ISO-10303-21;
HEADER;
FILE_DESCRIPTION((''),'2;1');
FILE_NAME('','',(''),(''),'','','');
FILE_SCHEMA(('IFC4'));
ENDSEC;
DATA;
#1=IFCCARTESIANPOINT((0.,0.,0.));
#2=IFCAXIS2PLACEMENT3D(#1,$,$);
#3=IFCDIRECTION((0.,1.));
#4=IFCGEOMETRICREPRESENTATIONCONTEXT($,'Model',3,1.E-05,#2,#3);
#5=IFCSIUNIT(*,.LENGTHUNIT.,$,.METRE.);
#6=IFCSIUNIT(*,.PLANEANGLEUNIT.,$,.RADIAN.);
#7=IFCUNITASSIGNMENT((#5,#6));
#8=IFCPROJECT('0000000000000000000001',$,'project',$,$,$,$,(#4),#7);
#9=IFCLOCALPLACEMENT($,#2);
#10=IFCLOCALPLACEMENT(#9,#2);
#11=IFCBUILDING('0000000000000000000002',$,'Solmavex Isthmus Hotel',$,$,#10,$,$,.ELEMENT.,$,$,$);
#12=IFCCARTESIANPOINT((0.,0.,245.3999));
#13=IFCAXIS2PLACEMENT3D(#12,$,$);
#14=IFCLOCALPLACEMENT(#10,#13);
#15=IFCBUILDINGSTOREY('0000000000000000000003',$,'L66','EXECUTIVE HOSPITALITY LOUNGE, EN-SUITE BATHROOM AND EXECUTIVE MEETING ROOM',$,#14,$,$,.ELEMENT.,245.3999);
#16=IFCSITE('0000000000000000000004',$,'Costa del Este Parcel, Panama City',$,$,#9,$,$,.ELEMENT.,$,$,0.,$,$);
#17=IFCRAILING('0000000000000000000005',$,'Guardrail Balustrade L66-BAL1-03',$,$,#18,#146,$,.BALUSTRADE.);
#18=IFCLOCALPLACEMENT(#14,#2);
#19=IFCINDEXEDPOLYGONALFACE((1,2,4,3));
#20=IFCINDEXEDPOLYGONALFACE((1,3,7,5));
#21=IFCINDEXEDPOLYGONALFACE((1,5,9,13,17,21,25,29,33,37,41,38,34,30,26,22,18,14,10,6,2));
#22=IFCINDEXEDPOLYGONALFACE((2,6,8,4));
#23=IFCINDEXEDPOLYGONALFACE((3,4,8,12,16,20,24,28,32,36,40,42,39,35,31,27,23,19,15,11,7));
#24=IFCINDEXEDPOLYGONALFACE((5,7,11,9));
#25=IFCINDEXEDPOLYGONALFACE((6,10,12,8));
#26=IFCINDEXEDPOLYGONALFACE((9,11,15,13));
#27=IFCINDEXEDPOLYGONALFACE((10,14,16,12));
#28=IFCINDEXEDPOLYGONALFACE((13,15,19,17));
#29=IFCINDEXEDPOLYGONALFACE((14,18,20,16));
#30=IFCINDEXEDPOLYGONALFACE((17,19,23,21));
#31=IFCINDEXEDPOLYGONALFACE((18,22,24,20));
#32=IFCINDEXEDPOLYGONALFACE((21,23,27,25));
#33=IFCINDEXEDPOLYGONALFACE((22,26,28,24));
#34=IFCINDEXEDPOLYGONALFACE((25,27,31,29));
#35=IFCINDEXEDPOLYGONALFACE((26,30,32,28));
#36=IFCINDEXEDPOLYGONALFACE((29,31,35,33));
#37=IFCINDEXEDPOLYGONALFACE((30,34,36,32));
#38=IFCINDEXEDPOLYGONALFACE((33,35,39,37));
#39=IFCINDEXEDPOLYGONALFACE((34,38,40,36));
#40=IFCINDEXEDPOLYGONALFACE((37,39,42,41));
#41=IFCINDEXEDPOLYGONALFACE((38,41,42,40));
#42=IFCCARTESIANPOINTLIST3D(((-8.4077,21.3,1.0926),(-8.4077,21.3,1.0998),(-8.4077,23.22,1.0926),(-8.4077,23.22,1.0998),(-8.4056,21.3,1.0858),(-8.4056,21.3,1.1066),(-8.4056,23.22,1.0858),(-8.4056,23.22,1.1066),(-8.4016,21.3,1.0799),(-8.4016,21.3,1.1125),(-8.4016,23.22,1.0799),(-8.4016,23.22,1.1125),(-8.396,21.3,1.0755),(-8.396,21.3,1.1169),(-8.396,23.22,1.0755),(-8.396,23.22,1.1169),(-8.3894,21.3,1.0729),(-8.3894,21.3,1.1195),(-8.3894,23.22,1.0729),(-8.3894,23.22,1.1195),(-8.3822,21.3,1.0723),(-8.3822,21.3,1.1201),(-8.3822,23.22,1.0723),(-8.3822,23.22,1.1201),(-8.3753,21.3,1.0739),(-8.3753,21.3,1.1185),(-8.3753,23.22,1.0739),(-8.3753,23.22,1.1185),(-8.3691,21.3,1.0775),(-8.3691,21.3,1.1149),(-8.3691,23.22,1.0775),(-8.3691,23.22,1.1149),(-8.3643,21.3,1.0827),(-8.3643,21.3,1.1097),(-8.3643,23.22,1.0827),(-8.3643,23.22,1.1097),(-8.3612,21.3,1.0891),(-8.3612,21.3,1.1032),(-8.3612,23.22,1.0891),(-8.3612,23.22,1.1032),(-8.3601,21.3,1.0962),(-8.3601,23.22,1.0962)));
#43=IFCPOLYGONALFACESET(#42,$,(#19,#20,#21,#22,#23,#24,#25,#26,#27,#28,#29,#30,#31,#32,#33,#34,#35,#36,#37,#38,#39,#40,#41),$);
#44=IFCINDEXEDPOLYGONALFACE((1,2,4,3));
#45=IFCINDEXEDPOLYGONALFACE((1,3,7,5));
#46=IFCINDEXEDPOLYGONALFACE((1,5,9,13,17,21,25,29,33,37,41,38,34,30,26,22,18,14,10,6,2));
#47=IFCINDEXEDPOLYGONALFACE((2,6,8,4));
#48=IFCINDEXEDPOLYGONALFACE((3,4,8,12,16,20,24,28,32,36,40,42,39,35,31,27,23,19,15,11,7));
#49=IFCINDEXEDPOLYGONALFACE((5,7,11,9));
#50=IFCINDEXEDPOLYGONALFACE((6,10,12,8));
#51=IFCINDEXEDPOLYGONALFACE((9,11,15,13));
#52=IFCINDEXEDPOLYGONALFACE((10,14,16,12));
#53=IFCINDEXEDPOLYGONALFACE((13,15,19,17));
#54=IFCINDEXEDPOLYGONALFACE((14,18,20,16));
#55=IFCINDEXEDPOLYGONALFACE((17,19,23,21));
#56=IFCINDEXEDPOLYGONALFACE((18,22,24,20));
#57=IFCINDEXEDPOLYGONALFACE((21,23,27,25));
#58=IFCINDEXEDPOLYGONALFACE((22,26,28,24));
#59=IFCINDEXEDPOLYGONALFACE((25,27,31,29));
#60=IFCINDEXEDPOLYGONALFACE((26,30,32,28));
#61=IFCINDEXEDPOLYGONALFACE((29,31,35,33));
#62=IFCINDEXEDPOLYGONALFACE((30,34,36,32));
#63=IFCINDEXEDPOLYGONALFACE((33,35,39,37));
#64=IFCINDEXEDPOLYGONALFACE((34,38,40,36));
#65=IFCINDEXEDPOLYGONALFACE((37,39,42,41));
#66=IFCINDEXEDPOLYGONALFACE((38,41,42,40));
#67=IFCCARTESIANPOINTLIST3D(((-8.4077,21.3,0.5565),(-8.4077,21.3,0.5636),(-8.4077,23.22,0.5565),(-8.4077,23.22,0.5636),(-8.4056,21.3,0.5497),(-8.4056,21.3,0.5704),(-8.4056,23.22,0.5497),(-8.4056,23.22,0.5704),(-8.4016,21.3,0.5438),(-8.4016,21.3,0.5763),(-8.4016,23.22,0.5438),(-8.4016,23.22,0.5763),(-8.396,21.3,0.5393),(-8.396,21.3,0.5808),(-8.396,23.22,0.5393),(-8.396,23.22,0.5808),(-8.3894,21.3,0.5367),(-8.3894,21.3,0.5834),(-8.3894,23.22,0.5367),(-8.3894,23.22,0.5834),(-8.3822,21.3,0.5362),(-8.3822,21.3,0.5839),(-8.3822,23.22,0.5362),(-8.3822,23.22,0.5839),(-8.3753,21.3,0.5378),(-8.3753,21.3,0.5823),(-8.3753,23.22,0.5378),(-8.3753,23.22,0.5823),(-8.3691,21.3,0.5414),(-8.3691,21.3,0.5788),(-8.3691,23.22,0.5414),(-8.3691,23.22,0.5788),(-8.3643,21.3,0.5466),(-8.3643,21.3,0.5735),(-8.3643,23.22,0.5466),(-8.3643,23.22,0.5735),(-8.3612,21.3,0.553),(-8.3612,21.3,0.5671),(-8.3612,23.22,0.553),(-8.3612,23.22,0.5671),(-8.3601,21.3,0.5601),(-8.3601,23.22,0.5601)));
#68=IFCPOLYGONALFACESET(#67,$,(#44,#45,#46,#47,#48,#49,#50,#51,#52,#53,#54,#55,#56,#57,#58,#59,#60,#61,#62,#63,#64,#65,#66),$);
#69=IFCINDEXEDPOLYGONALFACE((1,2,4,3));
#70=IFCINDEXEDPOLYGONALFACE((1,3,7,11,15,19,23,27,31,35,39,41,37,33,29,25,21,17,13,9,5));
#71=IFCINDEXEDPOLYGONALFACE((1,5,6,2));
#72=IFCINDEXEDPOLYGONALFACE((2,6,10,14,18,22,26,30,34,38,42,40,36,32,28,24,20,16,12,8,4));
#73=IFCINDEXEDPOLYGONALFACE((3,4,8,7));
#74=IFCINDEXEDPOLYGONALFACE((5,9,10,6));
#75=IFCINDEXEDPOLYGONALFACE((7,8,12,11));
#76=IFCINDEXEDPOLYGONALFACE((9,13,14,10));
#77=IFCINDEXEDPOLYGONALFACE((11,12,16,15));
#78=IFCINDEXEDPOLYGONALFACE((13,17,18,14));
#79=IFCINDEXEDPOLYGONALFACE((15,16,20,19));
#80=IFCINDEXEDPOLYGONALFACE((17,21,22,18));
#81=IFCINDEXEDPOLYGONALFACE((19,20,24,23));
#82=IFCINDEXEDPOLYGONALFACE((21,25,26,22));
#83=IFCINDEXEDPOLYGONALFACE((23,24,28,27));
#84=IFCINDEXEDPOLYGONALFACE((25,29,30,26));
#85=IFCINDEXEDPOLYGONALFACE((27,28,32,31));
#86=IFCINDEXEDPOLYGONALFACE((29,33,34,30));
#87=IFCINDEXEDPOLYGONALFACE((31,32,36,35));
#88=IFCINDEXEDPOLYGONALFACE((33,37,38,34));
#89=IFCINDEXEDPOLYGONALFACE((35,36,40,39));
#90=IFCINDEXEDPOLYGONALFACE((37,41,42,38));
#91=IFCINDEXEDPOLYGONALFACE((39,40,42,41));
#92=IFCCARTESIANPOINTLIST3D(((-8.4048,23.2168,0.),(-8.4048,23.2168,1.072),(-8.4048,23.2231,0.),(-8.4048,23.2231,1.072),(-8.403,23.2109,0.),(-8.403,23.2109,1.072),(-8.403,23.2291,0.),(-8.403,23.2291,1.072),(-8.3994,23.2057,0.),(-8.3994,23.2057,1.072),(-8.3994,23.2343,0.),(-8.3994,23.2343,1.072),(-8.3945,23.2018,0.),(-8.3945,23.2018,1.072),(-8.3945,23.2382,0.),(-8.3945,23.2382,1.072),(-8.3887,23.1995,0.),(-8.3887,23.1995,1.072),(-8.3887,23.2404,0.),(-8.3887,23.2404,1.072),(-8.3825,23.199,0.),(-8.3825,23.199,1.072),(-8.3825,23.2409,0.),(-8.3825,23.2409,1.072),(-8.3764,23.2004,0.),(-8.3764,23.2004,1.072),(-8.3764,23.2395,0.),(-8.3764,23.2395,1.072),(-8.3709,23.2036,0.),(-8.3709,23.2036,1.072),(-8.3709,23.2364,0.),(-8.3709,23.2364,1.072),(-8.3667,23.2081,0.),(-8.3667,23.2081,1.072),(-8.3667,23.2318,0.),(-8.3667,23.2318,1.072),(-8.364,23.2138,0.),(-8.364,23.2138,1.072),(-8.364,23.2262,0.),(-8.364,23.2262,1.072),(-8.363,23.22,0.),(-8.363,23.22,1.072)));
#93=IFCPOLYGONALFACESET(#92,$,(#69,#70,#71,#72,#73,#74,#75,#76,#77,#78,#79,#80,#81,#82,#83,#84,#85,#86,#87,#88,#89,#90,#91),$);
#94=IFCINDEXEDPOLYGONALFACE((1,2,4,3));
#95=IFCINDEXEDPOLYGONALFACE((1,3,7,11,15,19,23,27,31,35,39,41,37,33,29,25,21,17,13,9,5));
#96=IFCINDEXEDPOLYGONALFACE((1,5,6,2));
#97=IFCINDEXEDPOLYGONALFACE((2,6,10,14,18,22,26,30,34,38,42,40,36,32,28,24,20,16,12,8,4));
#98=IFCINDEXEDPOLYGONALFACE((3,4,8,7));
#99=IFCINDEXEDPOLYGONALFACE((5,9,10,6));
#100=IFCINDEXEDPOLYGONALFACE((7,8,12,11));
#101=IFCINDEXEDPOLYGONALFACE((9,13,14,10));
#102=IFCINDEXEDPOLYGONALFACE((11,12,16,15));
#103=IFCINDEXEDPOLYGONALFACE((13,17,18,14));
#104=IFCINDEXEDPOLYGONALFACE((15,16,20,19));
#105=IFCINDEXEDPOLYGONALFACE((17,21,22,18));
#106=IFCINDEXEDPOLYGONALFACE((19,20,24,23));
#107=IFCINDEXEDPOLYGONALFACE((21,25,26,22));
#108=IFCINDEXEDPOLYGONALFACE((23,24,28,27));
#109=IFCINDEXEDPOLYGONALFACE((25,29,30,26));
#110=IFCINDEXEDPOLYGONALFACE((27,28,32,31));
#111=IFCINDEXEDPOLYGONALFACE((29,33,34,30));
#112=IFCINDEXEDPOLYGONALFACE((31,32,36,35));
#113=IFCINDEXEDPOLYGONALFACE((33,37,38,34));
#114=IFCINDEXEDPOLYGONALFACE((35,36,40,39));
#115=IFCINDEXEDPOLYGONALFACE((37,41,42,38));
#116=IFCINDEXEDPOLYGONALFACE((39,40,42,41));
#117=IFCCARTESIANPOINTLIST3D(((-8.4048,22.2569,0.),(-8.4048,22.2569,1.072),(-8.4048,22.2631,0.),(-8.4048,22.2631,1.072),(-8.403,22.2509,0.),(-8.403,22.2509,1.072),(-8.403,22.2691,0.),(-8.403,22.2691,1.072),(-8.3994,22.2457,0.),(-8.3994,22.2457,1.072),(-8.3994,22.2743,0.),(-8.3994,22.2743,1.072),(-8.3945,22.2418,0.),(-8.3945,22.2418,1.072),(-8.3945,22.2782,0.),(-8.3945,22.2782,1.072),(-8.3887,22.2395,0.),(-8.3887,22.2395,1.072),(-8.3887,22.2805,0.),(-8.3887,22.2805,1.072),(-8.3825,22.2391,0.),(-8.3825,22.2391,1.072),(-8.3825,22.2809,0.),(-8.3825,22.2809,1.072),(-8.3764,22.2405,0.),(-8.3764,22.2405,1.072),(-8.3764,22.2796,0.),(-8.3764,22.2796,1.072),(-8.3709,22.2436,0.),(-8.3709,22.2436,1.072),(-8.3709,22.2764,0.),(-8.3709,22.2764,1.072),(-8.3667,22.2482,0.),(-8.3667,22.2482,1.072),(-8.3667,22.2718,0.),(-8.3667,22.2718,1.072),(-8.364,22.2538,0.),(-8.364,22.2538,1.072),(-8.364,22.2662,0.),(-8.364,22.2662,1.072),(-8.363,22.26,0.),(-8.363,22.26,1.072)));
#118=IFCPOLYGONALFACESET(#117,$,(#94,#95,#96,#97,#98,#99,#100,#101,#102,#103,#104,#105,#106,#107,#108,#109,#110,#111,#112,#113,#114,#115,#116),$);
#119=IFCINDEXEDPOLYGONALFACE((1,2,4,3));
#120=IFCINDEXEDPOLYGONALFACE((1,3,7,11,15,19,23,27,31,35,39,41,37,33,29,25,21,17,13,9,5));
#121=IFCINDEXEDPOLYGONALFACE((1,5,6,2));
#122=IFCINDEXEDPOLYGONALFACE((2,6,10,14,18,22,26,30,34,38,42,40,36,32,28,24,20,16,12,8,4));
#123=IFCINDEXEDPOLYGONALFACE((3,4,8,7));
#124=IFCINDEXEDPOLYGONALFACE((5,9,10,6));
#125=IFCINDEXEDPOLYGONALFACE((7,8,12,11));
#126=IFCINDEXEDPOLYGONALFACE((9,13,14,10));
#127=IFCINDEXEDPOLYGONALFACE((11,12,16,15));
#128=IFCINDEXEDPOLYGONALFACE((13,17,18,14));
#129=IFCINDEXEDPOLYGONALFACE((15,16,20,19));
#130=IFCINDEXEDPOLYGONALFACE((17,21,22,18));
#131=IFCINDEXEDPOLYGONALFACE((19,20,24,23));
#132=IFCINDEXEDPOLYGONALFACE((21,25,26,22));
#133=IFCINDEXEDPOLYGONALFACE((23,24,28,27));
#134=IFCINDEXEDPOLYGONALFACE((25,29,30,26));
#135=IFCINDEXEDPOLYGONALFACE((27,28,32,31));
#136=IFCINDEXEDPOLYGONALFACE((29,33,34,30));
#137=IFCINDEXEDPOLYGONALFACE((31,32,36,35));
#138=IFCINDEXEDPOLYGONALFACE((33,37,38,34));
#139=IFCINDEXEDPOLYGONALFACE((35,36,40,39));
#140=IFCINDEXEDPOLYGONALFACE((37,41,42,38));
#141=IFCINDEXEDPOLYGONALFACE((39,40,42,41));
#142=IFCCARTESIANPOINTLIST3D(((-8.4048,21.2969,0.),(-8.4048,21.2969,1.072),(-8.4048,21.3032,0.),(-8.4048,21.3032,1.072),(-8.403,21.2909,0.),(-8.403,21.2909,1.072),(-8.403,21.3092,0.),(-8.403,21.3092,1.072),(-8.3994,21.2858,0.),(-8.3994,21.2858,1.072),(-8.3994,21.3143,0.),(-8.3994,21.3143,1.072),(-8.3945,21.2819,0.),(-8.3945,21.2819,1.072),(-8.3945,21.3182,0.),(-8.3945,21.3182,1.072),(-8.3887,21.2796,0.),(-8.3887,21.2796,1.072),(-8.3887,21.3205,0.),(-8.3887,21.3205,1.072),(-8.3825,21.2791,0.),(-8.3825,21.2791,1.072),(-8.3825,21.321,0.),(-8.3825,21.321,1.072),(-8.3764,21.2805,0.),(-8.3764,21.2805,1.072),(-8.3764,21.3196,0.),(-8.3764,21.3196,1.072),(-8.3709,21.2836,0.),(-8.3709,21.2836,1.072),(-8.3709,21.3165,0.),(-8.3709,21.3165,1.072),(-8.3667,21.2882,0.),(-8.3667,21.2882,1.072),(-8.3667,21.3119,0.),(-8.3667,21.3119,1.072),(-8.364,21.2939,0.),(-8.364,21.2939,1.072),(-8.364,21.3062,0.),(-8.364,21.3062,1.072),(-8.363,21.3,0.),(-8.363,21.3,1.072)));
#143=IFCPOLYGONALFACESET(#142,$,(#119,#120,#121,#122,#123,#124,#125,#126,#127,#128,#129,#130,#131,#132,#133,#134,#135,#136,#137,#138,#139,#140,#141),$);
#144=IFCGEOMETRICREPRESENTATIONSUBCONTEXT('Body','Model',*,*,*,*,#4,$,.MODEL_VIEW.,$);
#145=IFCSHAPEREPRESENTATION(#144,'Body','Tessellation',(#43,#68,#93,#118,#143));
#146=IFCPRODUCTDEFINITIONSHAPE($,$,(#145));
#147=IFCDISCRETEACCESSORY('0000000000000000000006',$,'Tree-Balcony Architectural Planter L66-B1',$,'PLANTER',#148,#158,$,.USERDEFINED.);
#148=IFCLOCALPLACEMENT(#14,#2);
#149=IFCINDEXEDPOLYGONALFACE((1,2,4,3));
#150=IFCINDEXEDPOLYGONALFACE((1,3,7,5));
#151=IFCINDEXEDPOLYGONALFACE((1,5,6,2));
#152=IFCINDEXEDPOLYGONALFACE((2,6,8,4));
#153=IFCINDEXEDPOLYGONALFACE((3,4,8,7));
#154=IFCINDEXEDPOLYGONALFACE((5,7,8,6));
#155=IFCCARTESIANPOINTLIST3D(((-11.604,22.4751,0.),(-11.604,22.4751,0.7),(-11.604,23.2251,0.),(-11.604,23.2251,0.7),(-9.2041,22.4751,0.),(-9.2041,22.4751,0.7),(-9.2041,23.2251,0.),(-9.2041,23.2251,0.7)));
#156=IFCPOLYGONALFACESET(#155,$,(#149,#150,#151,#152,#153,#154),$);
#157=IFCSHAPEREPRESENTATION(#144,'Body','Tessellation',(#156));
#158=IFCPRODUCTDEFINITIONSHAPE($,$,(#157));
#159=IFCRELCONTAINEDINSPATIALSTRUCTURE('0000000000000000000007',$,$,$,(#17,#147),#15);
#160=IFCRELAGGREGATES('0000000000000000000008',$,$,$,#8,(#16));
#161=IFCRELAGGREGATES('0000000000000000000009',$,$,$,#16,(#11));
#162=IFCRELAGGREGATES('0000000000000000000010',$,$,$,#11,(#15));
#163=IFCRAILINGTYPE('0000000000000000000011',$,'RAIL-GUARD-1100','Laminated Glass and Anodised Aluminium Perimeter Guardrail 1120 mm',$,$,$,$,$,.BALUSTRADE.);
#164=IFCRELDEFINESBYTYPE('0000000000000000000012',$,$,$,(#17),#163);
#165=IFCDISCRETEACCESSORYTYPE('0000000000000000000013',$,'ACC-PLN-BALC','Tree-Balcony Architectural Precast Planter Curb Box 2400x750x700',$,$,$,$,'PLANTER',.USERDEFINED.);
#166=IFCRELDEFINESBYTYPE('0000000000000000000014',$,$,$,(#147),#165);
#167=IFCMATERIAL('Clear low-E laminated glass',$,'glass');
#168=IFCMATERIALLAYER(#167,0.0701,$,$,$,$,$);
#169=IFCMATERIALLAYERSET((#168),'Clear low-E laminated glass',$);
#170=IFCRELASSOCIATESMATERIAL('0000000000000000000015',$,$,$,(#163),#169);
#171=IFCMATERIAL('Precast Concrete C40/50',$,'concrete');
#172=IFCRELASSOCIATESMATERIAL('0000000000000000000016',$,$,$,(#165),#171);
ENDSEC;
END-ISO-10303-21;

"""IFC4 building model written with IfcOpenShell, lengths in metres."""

from ifc_helpers import new_model, si_unit, direction, frame, origin, origin_2d, place, context, subcontext, project, spatial, rectangle, circle, extrude, material, layer, layer_set, type_object, element, save


model = new_model("IFC4")

# Units and contexts
model_context = context("Model", 3, precision=1e-05, world=origin(), true_north=direction((0.0, 1.0)))
body_context = subcontext(model_context, "Body", "Model", "MODEL_VIEW")
ifc_project = project(units=[si_unit("LENGTHUNIT", "METRE"), si_unit("PLANEANGLEUNIT", "RADIAN")], contexts=[model_context])

# Site, building, storey
site_placement = place(None, origin())
site = spatial("IfcSite", under=ifc_project, at=site_placement, Name="Costa del Este Parcel, Panama City", CompositionType="ELEMENT", RefElevation=0.0)
building_placement = place(site_placement, origin())
building = spatial("IfcBuilding", under=site, at=building_placement, Name="Solmavex Isthmus Hotel", CompositionType="ELEMENT")
storey_placement = place(building_placement, frame((0.0, 0.0, 245.3999)))
storey = spatial("IfcBuildingStorey", under=building, at=storey_placement, Name="L66", Description="EXECUTIVE HOSPITALITY LOUNGE, EN-SUITE BATHROOM AND EXECUTIVE MEETING ROOM", CompositionType="ELEMENT", Elevation=245.3999)

# Shared definitions
ifc_material_1 = material(Name="Clear low-E laminated glass", Category="glass")

# Shared definitions
ifc_material_2 = material(Name="Precast Concrete C40/50", Category="concrete")

# Railing
ifc_layer_1 = layer(ifc_material_1, 0.0701)
ifc_layer_set_1 = layer_set([ifc_layer_1], Name="Clear low-E laminated glass")
railing_type = type_object("IfcRailingType", Name="RAIL-GUARD-1100", Description="Laminated Glass and Anodised Aluminium Perimeter Guardrail 1120 mm", PredefinedType="BALUSTRADE", material=ifc_layer_set_1)
railing_1_placement = place(storey_placement, frame((-8.384, 23.22, 0.0)))
element("IfcRailing", 1, at=railing_1_placement, inside=storey, type_object=railing_type, Name="Guardrail Balustrade L66-BAL1-03", PredefinedType="BALUSTRADE", context=body_context, shape_type="SweptSolid", body=[
    extrude(circle(Radius=0.0239, at=origin_2d()), frame((0.0, 0.0, 1.0962), z_axis=(0.0, -1.0, 0.0), x_axis=(1.0, 0.0, 0.0)), (0.0, 0.0, 1.0), 1.9199),
    extrude(circle(Radius=0.0239, at=origin_2d()), frame((0.0, 0.0, 0.5601), z_axis=(0.0, -1.0, 0.0), x_axis=(1.0, 0.0, 0.0)), (0.0, 0.0, 1.0), 1.9199),
    extrude(circle(Radius=0.021, at=origin_2d()), origin(), (0.0, 0.0, 1.0), 1.072),
    extrude(circle(Radius=0.021, at=origin_2d()), frame((0.0, -0.96, 0.0)), (0.0, 0.0, 1.0), 1.072),
    extrude(circle(Radius=0.021, at=origin_2d()), frame((0.0, -1.9199, 0.0)), (0.0, 0.0, 1.0), 1.072),
])

# Discrete accessory
discrete_accessory_type = type_object("IfcDiscreteAccessoryType", Name="ACC-PLN-BALC", Description="Tree-Balcony Architectural Precast Planter Curb Box 2400x750x700", ElementType="PLANTER", PredefinedType="USERDEFINED", material=ifc_material_2)
discrete_accessory_placement = place(storey_placement, frame((-10.4041, 22.8501, 0.0), z_axis=(0.0, 0.0, 1.0), x_axis=(1.0, 0.0, 0.0)))
element("IfcDiscreteAccessory", 2, at=discrete_accessory_placement, inside=storey, type_object=discrete_accessory_type, Name="Tree-Balcony Architectural Planter L66-B1", ObjectType="PLANTER", PredefinedType="USERDEFINED", context=body_context, shape_type="SweptSolid", body=[
    extrude(rectangle(XDim=2.3999, YDim=0.75, at=origin_2d()), origin(), (0.0, 0.0, 1.0), 0.7),
])

save(model, "model.ifc")
